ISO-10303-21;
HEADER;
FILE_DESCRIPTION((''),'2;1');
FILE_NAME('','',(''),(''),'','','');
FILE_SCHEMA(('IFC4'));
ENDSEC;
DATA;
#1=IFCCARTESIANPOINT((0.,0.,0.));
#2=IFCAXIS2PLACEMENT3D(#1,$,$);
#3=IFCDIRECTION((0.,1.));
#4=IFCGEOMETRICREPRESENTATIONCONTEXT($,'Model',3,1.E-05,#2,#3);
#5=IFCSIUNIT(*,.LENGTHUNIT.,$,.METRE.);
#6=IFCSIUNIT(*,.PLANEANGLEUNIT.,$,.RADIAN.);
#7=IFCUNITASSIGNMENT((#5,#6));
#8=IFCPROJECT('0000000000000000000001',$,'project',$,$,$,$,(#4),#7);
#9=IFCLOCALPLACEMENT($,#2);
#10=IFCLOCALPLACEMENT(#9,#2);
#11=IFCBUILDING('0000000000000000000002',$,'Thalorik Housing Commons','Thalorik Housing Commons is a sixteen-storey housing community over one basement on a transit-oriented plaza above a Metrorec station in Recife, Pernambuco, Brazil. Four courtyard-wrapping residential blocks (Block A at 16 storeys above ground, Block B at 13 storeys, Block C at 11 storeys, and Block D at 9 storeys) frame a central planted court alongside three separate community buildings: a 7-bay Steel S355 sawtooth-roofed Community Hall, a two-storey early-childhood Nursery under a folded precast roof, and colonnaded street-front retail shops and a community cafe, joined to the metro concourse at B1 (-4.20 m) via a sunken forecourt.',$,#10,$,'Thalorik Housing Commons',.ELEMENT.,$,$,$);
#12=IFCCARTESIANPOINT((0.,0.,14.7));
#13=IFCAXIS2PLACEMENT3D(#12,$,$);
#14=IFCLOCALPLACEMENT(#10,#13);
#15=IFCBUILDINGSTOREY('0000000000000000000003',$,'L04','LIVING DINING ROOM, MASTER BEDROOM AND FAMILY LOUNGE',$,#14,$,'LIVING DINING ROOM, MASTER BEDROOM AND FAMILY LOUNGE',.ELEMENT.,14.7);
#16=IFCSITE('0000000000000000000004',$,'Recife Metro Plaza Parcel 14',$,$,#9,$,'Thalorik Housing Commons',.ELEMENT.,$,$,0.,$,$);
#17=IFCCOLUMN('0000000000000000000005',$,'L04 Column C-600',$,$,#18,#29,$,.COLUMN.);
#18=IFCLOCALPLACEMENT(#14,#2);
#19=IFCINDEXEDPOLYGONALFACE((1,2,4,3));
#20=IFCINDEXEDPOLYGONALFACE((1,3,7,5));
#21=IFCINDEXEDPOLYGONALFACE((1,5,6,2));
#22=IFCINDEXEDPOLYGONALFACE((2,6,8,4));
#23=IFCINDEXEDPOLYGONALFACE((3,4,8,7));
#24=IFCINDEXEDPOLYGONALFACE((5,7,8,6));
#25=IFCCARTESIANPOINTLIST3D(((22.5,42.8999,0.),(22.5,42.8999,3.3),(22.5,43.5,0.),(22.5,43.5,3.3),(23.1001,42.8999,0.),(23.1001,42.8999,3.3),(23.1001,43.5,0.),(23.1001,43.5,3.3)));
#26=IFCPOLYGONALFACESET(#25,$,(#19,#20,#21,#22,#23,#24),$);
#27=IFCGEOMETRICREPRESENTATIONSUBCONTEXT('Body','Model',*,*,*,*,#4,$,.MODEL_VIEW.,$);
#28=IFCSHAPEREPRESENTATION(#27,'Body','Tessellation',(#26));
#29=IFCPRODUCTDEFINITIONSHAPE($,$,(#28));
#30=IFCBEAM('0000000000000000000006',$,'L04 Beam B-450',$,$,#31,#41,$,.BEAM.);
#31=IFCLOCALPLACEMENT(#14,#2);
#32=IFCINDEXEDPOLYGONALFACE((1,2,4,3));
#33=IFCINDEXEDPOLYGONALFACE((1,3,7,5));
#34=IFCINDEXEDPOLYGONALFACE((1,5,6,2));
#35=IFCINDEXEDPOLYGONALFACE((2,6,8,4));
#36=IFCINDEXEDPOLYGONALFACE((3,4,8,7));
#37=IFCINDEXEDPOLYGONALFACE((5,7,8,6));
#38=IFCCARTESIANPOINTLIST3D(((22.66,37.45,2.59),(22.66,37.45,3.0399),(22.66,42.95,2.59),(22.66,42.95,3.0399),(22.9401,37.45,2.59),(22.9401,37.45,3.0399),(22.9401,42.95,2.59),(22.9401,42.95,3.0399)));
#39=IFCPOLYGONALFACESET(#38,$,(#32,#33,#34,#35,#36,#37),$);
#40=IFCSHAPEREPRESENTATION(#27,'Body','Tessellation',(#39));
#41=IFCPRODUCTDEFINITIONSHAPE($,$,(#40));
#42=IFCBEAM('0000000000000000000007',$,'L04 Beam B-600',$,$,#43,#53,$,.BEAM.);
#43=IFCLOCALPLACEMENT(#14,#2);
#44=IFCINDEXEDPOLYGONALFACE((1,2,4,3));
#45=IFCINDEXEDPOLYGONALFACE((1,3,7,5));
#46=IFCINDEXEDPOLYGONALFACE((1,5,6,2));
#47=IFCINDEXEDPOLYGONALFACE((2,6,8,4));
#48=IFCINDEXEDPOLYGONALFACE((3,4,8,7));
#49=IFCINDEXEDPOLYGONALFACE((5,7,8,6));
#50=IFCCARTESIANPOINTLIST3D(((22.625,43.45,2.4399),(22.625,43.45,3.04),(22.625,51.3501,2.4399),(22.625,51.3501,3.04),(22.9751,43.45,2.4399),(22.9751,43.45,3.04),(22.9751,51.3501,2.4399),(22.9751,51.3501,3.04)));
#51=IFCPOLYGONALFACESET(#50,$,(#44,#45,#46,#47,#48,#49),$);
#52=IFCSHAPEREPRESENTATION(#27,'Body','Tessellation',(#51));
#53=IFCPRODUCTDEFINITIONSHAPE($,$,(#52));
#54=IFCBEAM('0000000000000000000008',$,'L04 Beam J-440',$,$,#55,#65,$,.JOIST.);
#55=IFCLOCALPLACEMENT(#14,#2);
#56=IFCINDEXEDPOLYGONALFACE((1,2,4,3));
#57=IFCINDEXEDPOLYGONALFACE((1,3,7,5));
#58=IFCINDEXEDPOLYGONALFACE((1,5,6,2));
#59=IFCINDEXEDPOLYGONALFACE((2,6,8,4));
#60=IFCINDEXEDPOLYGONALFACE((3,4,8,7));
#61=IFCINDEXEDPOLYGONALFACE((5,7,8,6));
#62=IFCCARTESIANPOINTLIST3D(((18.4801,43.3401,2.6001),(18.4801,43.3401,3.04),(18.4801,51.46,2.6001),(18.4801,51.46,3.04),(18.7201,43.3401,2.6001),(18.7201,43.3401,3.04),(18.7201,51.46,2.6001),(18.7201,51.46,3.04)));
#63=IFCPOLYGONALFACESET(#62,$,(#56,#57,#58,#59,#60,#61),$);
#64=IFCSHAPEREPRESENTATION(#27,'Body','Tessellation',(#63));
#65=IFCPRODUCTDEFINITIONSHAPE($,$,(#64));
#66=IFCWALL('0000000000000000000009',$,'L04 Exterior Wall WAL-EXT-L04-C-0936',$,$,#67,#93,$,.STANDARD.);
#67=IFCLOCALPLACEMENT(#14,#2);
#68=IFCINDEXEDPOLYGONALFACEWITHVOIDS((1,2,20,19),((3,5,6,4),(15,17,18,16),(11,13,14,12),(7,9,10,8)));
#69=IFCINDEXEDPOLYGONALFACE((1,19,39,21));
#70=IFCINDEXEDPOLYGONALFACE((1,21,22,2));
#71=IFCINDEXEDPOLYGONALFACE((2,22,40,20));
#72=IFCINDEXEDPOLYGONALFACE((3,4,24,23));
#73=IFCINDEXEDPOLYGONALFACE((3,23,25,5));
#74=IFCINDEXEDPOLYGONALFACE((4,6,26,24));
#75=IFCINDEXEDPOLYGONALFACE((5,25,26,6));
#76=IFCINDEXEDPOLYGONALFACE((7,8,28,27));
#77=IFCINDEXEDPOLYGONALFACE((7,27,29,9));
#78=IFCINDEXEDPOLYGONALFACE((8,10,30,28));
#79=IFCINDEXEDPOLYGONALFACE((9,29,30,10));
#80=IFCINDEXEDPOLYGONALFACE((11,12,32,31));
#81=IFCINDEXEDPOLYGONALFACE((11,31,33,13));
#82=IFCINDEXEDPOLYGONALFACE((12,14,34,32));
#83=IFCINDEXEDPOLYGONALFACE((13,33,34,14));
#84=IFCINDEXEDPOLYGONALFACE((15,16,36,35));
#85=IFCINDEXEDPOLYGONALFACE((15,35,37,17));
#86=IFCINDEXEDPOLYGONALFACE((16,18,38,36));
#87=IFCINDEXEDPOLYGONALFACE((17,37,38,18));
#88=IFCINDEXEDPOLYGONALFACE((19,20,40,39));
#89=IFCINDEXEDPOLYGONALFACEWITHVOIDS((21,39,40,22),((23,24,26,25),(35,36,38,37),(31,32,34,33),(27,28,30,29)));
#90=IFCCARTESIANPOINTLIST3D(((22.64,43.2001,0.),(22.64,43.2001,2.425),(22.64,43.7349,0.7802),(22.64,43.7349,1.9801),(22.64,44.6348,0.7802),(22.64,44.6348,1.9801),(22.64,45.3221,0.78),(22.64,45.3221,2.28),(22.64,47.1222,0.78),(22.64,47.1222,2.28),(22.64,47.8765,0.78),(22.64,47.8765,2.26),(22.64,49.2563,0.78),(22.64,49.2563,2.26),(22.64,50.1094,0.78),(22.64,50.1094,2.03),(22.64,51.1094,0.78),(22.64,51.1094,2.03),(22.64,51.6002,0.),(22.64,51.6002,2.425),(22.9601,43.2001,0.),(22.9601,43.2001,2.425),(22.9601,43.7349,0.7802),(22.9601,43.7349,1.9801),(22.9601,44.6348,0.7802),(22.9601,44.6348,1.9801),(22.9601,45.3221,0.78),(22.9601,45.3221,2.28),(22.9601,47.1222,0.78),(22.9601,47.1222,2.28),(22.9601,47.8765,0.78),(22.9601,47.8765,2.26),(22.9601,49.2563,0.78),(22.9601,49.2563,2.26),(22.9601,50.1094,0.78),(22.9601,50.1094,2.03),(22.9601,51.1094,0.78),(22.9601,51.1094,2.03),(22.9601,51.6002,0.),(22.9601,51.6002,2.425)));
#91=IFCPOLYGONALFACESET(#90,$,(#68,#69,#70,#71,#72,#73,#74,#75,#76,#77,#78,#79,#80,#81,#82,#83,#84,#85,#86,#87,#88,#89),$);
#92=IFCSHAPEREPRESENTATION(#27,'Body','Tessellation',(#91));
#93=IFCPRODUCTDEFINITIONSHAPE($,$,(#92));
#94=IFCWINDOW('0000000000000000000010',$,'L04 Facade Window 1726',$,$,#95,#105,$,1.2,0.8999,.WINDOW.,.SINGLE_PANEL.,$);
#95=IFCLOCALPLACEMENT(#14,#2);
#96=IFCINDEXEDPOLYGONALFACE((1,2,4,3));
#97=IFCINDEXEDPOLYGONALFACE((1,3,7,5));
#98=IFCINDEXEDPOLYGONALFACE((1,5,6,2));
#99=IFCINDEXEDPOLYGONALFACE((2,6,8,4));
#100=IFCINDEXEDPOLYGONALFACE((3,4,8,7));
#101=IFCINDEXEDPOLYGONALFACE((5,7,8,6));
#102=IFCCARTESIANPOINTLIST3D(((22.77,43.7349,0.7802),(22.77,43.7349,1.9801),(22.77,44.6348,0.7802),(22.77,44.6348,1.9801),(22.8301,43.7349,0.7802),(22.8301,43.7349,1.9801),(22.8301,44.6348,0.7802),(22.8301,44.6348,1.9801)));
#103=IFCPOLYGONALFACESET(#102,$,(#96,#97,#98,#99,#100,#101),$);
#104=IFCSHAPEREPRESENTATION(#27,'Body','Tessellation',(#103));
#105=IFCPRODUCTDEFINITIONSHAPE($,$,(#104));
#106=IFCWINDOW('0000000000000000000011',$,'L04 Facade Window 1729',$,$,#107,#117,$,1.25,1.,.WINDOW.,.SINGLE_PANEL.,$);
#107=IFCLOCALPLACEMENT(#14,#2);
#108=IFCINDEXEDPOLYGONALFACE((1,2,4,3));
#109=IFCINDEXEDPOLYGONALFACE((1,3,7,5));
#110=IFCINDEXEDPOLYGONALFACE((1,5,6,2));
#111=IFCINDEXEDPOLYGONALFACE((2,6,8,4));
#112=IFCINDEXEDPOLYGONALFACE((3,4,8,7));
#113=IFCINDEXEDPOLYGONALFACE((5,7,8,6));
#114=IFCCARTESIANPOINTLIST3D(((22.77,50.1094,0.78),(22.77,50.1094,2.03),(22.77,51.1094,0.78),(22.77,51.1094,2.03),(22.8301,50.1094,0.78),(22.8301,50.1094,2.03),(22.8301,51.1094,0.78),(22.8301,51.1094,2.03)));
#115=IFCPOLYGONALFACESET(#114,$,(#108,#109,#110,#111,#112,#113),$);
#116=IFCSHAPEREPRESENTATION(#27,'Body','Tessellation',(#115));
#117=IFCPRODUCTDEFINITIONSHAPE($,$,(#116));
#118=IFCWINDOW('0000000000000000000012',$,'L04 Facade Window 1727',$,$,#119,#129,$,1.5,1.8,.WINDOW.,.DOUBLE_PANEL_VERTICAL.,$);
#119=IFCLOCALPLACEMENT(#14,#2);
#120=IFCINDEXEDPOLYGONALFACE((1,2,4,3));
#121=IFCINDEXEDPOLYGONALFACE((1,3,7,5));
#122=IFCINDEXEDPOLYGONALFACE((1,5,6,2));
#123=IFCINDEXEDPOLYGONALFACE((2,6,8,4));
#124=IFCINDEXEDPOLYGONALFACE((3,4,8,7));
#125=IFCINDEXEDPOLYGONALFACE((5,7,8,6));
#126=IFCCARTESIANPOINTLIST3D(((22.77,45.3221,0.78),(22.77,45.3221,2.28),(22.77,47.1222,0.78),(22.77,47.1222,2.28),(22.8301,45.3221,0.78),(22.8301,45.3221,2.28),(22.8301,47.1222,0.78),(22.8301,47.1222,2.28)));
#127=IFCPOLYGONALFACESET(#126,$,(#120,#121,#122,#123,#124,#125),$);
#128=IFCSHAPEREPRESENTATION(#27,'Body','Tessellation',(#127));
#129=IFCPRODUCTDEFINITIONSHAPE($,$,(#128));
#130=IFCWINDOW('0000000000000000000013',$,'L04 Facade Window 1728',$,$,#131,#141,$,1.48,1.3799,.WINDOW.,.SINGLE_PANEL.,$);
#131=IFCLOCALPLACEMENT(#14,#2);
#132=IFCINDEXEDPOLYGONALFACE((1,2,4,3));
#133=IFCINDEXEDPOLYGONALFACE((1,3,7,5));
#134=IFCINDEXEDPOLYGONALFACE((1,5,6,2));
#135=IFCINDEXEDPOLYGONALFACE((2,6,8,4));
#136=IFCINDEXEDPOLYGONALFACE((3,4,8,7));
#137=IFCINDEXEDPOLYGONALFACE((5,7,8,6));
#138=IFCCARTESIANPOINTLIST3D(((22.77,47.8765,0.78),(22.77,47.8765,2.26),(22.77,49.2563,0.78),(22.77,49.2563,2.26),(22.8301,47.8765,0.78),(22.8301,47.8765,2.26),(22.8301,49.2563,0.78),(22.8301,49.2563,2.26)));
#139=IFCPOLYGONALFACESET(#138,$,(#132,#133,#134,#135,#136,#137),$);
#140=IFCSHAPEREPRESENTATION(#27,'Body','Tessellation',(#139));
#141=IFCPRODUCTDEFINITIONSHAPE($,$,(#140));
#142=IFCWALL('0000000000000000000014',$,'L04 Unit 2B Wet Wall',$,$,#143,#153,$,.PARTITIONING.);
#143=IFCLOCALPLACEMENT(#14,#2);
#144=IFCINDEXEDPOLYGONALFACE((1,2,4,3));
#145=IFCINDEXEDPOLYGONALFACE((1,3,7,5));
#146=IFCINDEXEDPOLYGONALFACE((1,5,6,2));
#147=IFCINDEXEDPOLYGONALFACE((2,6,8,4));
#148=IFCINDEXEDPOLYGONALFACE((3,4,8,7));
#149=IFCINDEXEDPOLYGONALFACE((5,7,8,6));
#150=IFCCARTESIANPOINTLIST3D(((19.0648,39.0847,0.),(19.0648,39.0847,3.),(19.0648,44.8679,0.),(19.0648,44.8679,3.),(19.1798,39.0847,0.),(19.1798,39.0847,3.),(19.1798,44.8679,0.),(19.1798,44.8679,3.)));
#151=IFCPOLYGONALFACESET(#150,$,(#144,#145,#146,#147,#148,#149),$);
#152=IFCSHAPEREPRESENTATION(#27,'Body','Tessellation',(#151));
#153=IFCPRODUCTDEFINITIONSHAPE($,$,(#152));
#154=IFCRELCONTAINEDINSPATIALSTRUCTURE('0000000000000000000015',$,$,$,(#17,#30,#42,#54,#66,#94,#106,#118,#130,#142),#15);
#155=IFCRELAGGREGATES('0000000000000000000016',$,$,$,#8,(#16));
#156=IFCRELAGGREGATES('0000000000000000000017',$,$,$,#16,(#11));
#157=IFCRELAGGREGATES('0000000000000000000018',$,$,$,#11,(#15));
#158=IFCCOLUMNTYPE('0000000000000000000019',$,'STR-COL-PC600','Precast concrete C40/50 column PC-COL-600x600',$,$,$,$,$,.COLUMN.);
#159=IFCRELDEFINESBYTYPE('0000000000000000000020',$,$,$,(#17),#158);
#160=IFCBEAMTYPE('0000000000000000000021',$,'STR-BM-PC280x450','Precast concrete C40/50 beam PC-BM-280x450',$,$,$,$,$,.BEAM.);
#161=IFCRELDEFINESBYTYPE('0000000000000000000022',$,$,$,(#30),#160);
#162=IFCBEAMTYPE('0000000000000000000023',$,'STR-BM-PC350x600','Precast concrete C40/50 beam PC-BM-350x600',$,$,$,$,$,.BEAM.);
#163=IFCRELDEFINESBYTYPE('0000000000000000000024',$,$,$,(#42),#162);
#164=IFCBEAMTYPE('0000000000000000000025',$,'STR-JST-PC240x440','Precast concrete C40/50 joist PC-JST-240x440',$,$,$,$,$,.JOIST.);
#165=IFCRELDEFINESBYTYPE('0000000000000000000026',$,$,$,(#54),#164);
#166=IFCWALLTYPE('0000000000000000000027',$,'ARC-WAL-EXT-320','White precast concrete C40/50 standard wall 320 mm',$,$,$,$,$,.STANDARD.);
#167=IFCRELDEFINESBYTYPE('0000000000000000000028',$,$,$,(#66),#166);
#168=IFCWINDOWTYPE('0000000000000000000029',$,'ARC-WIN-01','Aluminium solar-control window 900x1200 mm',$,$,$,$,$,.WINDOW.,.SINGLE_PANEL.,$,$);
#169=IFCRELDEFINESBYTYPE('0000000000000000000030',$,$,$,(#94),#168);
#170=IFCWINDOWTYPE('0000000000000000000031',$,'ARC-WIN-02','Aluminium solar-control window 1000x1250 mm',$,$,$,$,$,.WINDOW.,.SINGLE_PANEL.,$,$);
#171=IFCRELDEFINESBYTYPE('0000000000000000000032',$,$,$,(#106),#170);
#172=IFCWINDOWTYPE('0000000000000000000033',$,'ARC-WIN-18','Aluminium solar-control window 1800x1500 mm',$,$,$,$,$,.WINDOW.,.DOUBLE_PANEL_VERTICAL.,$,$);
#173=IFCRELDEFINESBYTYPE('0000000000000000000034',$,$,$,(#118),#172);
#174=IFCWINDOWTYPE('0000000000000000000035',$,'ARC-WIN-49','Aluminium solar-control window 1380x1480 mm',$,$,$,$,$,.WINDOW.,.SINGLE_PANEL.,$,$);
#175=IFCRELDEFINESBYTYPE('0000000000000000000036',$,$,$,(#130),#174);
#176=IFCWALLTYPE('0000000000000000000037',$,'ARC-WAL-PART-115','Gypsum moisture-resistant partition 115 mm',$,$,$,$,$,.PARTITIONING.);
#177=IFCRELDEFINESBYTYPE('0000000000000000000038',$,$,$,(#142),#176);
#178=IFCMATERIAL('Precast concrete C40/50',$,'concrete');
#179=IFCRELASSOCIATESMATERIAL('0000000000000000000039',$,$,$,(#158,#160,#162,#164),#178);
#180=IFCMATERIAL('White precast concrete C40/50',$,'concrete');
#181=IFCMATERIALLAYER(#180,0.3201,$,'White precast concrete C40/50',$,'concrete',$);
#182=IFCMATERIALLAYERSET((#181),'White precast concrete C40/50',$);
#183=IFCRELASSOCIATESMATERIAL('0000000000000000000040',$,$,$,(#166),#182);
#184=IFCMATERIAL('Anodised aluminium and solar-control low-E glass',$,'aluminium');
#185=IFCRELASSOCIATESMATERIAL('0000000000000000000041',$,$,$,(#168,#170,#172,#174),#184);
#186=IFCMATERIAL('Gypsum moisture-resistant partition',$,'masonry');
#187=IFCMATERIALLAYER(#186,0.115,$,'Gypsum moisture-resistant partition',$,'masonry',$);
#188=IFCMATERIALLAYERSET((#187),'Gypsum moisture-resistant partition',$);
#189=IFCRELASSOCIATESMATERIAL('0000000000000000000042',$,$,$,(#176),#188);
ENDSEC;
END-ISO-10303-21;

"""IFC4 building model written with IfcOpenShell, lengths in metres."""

from ifc_helpers import new_model, si_unit, direction, frame, frame_2d, origin, origin_2d, place, context, subcontext, project, spatial, rectangle, extrude, material, layer, layer_set, material_profile, profile_set, type_object, element, fill, save


model = new_model("IFC4")

# Units and contexts
model_context = context("Model", 3, precision=1e-05, world=origin(), true_north=direction((0.0, 1.0)))
body_context = subcontext(model_context, "Body", "Model", "MODEL_VIEW")
ifc_project = project(units=[si_unit("LENGTHUNIT", "METRE"), si_unit("PLANEANGLEUNIT", "RADIAN")], contexts=[model_context])

# Site, building, storey
site_placement = place(None, origin())
site = spatial("IfcSite", under=ifc_project, at=site_placement, Name="Recife Metro Plaza Parcel 14", LongName="Thalorik Housing Commons", CompositionType="ELEMENT", RefElevation=0.0)
building_placement = place(site_placement, origin())
building = spatial("IfcBuilding", under=site, at=building_placement, Name="Thalorik Housing Commons", Description="Thalorik Housing Commons is a sixteen-storey housing community over one basement on a transit-oriented plaza above a Metrorec station in Recife, Pernambuco, Brazil. Four courtyard-wrapping residential blocks (Block A at 16 storeys above ground, Block B at 13 storeys, Block C at 11 storeys, and Block D at 9 storeys) frame a central planted court alongside three separate community buildings: a 7-bay Steel S355 sawtooth-roofed Community Hall, a two-storey early-childhood Nursery under a folded precast roof, and colonnaded street-front retail shops and a community cafe, joined to the metro concourse at B1 (-4.20 m) via a sunken forecourt.", LongName="Thalorik Housing Commons", CompositionType="ELEMENT")
storey_placement = place(building_placement, frame((0.0, 0.0, 14.7)))
storey = spatial("IfcBuildingStorey", under=building, at=storey_placement, Name="L04", Description="LIVING DINING ROOM, MASTER BEDROOM AND FAMILY LOUNGE", LongName="LIVING DINING ROOM, MASTER BEDROOM AND FAMILY LOUNGE", CompositionType="ELEMENT", Elevation=14.7)

# Column
ifc_material_1 = material(Name="Precast concrete C40/50", Category="concrete")
ifc_material_profile_1 = material_profile(ifc_material_1, rectangle(XDim=0.6001, YDim=0.6001, at=origin_2d()), Name="PC 600x600", Category="concrete")
ifc_profile_set_1 = profile_set([ifc_material_profile_1], Name="Precast concrete C40/50")
column_type = type_object("IfcColumnType", Name="STR-COL-PC600", Description="Precast concrete C40/50 column PC-COL-600x600", PredefinedType="COLUMN", material=ifc_profile_set_1)
column_placement = place(storey_placement, frame((22.8, 43.2, 0.0), z_axis=(0.0, 0.0, 1.0), x_axis=(1.0, 0.0, 0.0)))
element("IfcColumn", 1, at=column_placement, inside=storey, type_object=column_type, Name="L04 Column C-600", PredefinedType="COLUMN", context=body_context, shape_type="SweptSolid", body=[
    extrude(rectangle(XDim=0.6001, YDim=0.6001, at=origin_2d()), origin(), (0.0, 0.0, 1.0), 3.3),
])

# Beams
ifc_material_profile_2 = material_profile(ifc_material_1, rectangle(XDim=0.28, YDim=0.45, at=origin_2d()), Name="PC 280x450", Category="concrete")
ifc_profile_set_2 = profile_set([ifc_material_profile_2], Name="Precast concrete C40/50")
beam_type_1 = type_object("IfcBeamType", Name="STR-BM-PC280x450", Description="Precast concrete C40/50 beam PC-BM-280x450", PredefinedType="BEAM", material=ifc_profile_set_2)
beam_1_placement = place(storey_placement, frame((22.8, 37.45, 2.8149), z_axis=(0.0, 1.0, 0.0), x_axis=(-1.0, 0.0, 0.0)))
element("IfcBeam", 2, at=beam_1_placement, inside=storey, type_object=beam_type_1, Name="L04 Beam B-450", PredefinedType="BEAM", context=body_context, shape_type="SweptSolid", body=[
    extrude(rectangle(XDim=0.28, YDim=0.45, at=origin_2d()), origin(), (0.0, 0.0, 1.0), 5.5),
])
ifc_material_profile_3 = material_profile(ifc_material_1, rectangle(XDim=0.3501, YDim=0.6001, at=origin_2d()), Name="PC 350x600", Category="concrete")
ifc_profile_set_3 = profile_set([ifc_material_profile_3], Name="Precast concrete C40/50")
beam_type_2 = type_object("IfcBeamType", Name="STR-BM-PC350x600", Description="Precast concrete C40/50 beam PC-BM-350x600", PredefinedType="BEAM", material=ifc_profile_set_3)
beam_2_placement = place(storey_placement, frame((22.8, 43.45, 2.74), z_axis=(0.0, 1.0, 0.0), x_axis=(-1.0, 0.0, 0.0)))
element("IfcBeam", 3, at=beam_2_placement, inside=storey, type_object=beam_type_2, Name="L04 Beam B-600", PredefinedType="BEAM", context=body_context, shape_type="SweptSolid", body=[
    extrude(rectangle(XDim=0.3501, YDim=0.6001, at=origin_2d()), origin(), (0.0, 0.0, 1.0), 7.9001),
])
ifc_material_profile_4 = material_profile(ifc_material_1, rectangle(XDim=0.24, YDim=0.4399, at=origin_2d()), Name="PC JST 240x440", Category="concrete")
ifc_profile_set_4 = profile_set([ifc_material_profile_4], Name="Precast concrete C40/50")
beam_type_3 = type_object("IfcBeamType", Name="STR-JST-PC240x440", Description="Precast concrete C40/50 joist PC-JST-240x440", PredefinedType="JOIST", material=ifc_profile_set_4)
beam_3_placement = place(storey_placement, frame((18.6001, 43.3401, 2.8201), z_axis=(0.0, 1.0, 0.0), x_axis=(-1.0, 0.0, 0.0)))
element("IfcBeam", 4, at=beam_3_placement, inside=storey, type_object=beam_type_3, Name="L04 Beam J-440", PredefinedType="JOIST", context=body_context, shape_type="SweptSolid", body=[
    extrude(rectangle(XDim=0.24, YDim=0.4399, at=origin_2d()), origin(), (0.0, 0.0, 1.0), 8.1199),
])

# Wall, openings, windows
ifc_material_2 = material(Name="White precast concrete C40/50", Category="concrete")
ifc_layer_1 = layer(ifc_material_2, 0.3201, Name="White precast concrete C40/50", Category="concrete")
ifc_layer_set_1 = layer_set([ifc_layer_1], Name="White precast concrete C40/50")
wall_type_1 = type_object("IfcWallType", Name="ARC-WAL-EXT-320", Description="White precast concrete C40/50 standard wall 320 mm", PredefinedType="STANDARD", material=ifc_layer_set_1)
wall_1_placement = place(storey_placement, frame((22.8, 43.2, 0.0), z_axis=(0.0, 0.0, 1.0), x_axis=(0.0, 1.0, 0.0)))
wall_1 = element("IfcWall", 5, at=wall_1_placement, inside=storey, type_object=wall_type_1, Name="L04 Exterior Wall WAL-EXT-L04-C-0936", PredefinedType="STANDARD", context=body_context, shape_type="SweptSolid", body=[
    extrude(rectangle(XDim=8.4001, YDim=0.3201, at=frame_2d((4.2002, 0.0))), origin(), (0.0, 0.0, 1.0), 2.425),
])
opening_1_placement = place(wall_1_placement, frame((0.5349, 0.0, 0.78)))
opening_1 = element("IfcOpeningElement", 6, at=opening_1_placement, cuts=wall_1, PredefinedType="OPENING", context=body_context, shape_type="SweptSolid", body=[
    extrude(rectangle(XDim=0.8999, YDim=1.2, at=frame_2d((0.45, 0.6001))), frame((0.0, 0.1699, 0.0), z_axis=(0.0, -1.0, 0.0), x_axis=(1.0, 0.0, 0.0)), (0.0, 0.0, 1.0), 0.3401),
])
opening_2_placement = place(wall_1_placement, frame((2.1223, 0.0, 0.78)))
opening_2 = element("IfcOpeningElement", 7, at=opening_2_placement, cuts=wall_1, PredefinedType="OPENING", context=body_context, shape_type="SweptSolid", body=[
    extrude(rectangle(XDim=1.8, YDim=1.5, at=frame_2d((0.8999, 0.75))), frame((0.0, 0.1699, 0.0), z_axis=(0.0, -1.0, 0.0), x_axis=(1.0, 0.0, 0.0)), (0.0, 0.0, 1.0), 0.3401),
])
opening_3_placement = place(wall_1_placement, frame((4.6765, 0.0, 0.78)))
opening_3 = element("IfcOpeningElement", 8, at=opening_3_placement, cuts=wall_1, PredefinedType="OPENING", context=body_context, shape_type="SweptSolid", body=[
    extrude(rectangle(XDim=1.3799, YDim=1.48, at=frame_2d((0.6899, 0.74))), frame((0.0, 0.1699, 0.0), z_axis=(0.0, -1.0, 0.0), x_axis=(1.0, 0.0, 0.0)), (0.0, 0.0, 1.0), 0.3401),
])
opening_4_placement = place(wall_1_placement, frame((6.9094, 0.0, 0.78)))
opening_4 = element("IfcOpeningElement", 9, at=opening_4_placement, cuts=wall_1, PredefinedType="OPENING", context=body_context, shape_type="SweptSolid", body=[
    extrude(rectangle(XDim=1.0, YDim=1.25, at=frame_2d((0.5, 0.625))), frame((0.0, 0.1699, 0.0), z_axis=(0.0, -1.0, 0.0), x_axis=(1.0, 0.0, 0.0)), (0.0, 0.0, 1.0), 0.3401),
])
ifc_material_3 = material(Name="Anodised aluminium and solar-control low-E glass", Category="aluminium")
window_type_1 = type_object("IfcWindowType", Name="ARC-WIN-01", Description="Aluminium solar-control window 900x1200 mm", PartitioningType="SINGLE_PANEL", PredefinedType="WINDOW", material=ifc_material_3)
window_1_placement = place(opening_1_placement, origin())
window_1 = element("IfcWindow", 10, at=window_1_placement, inside=storey, type_object=window_type_1, Name="L04 Facade Window 1726", OverallHeight=1.2, OverallWidth=0.8999, PartitioningType="SINGLE_PANEL", PredefinedType="WINDOW", context=body_context, shape_type="SweptSolid", body=[
    extrude(rectangle(XDim=0.8999, YDim=1.2, at=frame_2d((0.45, 0.6001))), frame((0.0, 0.03, 0.0), z_axis=(0.0, -1.0, 0.0), x_axis=(1.0, 0.0, 0.0)), (0.0, 0.0, 1.0), 0.0601),
])
fill(opening_1, window_1)
window_type_2 = type_object("IfcWindowType", Name="ARC-WIN-02", Description="Aluminium solar-control window 1000x1250 mm", PartitioningType="SINGLE_PANEL", PredefinedType="WINDOW", material=ifc_material_3)
window_2_placement = place(opening_4_placement, origin())
window_2 = element("IfcWindow", 11, at=window_2_placement, inside=storey, type_object=window_type_2, Name="L04 Facade Window 1729", OverallHeight=1.25, OverallWidth=1.0, PartitioningType="SINGLE_PANEL", PredefinedType="WINDOW", context=body_context, shape_type="SweptSolid", body=[
    extrude(rectangle(XDim=1.0, YDim=1.25, at=frame_2d((0.5, 0.625))), frame((0.0, 0.03, 0.0), z_axis=(0.0, -1.0, 0.0), x_axis=(1.0, 0.0, 0.0)), (0.0, 0.0, 1.0), 0.0601),
])
fill(opening_4, window_2)
window_type_3 = type_object("IfcWindowType", Name="ARC-WIN-18", Description="Aluminium solar-control window 1800x1500 mm", PartitioningType="DOUBLE_PANEL_VERTICAL", PredefinedType="WINDOW", material=ifc_material_3)
window_3_placement = place(opening_2_placement, origin())
window_3 = element("IfcWindow", 12, at=window_3_placement, inside=storey, type_object=window_type_3, Name="L04 Facade Window 1727", OverallHeight=1.5, OverallWidth=1.8, PartitioningType="DOUBLE_PANEL_VERTICAL", PredefinedType="WINDOW", context=body_context, shape_type="SweptSolid", body=[
    extrude(rectangle(XDim=1.8, YDim=1.5, at=frame_2d((0.8999, 0.75))), frame((0.0, 0.03, 0.0), z_axis=(0.0, -1.0, 0.0), x_axis=(1.0, 0.0, 0.0)), (0.0, 0.0, 1.0), 0.0601),
])
fill(opening_2, window_3)
window_type_4 = type_object("IfcWindowType", Name="ARC-WIN-49", Description="Aluminium solar-control window 1380x1480 mm", PartitioningType="SINGLE_PANEL", PredefinedType="WINDOW", material=ifc_material_3)
window_4_placement = place(opening_3_placement, origin())
window_4 = element("IfcWindow", 13, at=window_4_placement, inside=storey, type_object=window_type_4, Name="L04 Facade Window 1728", OverallHeight=1.48, OverallWidth=1.3799, PartitioningType="SINGLE_PANEL", PredefinedType="WINDOW", context=body_context, shape_type="SweptSolid", body=[
    extrude(rectangle(XDim=1.3799, YDim=1.48, at=frame_2d((0.6899, 0.74))), frame((0.0, 0.03, 0.0), z_axis=(0.0, -1.0, 0.0), x_axis=(1.0, 0.0, 0.0)), (0.0, 0.0, 1.0), 0.0601),
])
fill(opening_3, window_4)

# Wall
ifc_material_4 = material(Name="Gypsum moisture-resistant partition", Category="masonry")
ifc_layer_2 = layer(ifc_material_4, 0.115, Name="Gypsum moisture-resistant partition", Category="masonry")
ifc_layer_set_2 = layer_set([ifc_layer_2], Name="Gypsum moisture-resistant partition")
wall_type_2 = type_object("IfcWallType", Name="ARC-WAL-PART-115", Description="Gypsum moisture-resistant partition 115 mm", PredefinedType="PARTITIONING", material=ifc_layer_set_2)
wall_2_placement = place(storey_placement, frame((19.1223, 39.0847, 0.0), z_axis=(0.0, 0.0, 1.0), x_axis=(0.0, 1.0, 0.0)))
element("IfcWall", 14, at=wall_2_placement, inside=storey, type_object=wall_type_2, Name="L04 Unit 2B Wet Wall", PredefinedType="PARTITIONING", context=body_context, shape_type="SweptSolid", body=[
    extrude(rectangle(XDim=5.7832, YDim=0.115, at=frame_2d((2.8916, 0.0))), origin(), (0.0, 0.0, 1.0), 3.0),
])

save(model, "model.ifc")
